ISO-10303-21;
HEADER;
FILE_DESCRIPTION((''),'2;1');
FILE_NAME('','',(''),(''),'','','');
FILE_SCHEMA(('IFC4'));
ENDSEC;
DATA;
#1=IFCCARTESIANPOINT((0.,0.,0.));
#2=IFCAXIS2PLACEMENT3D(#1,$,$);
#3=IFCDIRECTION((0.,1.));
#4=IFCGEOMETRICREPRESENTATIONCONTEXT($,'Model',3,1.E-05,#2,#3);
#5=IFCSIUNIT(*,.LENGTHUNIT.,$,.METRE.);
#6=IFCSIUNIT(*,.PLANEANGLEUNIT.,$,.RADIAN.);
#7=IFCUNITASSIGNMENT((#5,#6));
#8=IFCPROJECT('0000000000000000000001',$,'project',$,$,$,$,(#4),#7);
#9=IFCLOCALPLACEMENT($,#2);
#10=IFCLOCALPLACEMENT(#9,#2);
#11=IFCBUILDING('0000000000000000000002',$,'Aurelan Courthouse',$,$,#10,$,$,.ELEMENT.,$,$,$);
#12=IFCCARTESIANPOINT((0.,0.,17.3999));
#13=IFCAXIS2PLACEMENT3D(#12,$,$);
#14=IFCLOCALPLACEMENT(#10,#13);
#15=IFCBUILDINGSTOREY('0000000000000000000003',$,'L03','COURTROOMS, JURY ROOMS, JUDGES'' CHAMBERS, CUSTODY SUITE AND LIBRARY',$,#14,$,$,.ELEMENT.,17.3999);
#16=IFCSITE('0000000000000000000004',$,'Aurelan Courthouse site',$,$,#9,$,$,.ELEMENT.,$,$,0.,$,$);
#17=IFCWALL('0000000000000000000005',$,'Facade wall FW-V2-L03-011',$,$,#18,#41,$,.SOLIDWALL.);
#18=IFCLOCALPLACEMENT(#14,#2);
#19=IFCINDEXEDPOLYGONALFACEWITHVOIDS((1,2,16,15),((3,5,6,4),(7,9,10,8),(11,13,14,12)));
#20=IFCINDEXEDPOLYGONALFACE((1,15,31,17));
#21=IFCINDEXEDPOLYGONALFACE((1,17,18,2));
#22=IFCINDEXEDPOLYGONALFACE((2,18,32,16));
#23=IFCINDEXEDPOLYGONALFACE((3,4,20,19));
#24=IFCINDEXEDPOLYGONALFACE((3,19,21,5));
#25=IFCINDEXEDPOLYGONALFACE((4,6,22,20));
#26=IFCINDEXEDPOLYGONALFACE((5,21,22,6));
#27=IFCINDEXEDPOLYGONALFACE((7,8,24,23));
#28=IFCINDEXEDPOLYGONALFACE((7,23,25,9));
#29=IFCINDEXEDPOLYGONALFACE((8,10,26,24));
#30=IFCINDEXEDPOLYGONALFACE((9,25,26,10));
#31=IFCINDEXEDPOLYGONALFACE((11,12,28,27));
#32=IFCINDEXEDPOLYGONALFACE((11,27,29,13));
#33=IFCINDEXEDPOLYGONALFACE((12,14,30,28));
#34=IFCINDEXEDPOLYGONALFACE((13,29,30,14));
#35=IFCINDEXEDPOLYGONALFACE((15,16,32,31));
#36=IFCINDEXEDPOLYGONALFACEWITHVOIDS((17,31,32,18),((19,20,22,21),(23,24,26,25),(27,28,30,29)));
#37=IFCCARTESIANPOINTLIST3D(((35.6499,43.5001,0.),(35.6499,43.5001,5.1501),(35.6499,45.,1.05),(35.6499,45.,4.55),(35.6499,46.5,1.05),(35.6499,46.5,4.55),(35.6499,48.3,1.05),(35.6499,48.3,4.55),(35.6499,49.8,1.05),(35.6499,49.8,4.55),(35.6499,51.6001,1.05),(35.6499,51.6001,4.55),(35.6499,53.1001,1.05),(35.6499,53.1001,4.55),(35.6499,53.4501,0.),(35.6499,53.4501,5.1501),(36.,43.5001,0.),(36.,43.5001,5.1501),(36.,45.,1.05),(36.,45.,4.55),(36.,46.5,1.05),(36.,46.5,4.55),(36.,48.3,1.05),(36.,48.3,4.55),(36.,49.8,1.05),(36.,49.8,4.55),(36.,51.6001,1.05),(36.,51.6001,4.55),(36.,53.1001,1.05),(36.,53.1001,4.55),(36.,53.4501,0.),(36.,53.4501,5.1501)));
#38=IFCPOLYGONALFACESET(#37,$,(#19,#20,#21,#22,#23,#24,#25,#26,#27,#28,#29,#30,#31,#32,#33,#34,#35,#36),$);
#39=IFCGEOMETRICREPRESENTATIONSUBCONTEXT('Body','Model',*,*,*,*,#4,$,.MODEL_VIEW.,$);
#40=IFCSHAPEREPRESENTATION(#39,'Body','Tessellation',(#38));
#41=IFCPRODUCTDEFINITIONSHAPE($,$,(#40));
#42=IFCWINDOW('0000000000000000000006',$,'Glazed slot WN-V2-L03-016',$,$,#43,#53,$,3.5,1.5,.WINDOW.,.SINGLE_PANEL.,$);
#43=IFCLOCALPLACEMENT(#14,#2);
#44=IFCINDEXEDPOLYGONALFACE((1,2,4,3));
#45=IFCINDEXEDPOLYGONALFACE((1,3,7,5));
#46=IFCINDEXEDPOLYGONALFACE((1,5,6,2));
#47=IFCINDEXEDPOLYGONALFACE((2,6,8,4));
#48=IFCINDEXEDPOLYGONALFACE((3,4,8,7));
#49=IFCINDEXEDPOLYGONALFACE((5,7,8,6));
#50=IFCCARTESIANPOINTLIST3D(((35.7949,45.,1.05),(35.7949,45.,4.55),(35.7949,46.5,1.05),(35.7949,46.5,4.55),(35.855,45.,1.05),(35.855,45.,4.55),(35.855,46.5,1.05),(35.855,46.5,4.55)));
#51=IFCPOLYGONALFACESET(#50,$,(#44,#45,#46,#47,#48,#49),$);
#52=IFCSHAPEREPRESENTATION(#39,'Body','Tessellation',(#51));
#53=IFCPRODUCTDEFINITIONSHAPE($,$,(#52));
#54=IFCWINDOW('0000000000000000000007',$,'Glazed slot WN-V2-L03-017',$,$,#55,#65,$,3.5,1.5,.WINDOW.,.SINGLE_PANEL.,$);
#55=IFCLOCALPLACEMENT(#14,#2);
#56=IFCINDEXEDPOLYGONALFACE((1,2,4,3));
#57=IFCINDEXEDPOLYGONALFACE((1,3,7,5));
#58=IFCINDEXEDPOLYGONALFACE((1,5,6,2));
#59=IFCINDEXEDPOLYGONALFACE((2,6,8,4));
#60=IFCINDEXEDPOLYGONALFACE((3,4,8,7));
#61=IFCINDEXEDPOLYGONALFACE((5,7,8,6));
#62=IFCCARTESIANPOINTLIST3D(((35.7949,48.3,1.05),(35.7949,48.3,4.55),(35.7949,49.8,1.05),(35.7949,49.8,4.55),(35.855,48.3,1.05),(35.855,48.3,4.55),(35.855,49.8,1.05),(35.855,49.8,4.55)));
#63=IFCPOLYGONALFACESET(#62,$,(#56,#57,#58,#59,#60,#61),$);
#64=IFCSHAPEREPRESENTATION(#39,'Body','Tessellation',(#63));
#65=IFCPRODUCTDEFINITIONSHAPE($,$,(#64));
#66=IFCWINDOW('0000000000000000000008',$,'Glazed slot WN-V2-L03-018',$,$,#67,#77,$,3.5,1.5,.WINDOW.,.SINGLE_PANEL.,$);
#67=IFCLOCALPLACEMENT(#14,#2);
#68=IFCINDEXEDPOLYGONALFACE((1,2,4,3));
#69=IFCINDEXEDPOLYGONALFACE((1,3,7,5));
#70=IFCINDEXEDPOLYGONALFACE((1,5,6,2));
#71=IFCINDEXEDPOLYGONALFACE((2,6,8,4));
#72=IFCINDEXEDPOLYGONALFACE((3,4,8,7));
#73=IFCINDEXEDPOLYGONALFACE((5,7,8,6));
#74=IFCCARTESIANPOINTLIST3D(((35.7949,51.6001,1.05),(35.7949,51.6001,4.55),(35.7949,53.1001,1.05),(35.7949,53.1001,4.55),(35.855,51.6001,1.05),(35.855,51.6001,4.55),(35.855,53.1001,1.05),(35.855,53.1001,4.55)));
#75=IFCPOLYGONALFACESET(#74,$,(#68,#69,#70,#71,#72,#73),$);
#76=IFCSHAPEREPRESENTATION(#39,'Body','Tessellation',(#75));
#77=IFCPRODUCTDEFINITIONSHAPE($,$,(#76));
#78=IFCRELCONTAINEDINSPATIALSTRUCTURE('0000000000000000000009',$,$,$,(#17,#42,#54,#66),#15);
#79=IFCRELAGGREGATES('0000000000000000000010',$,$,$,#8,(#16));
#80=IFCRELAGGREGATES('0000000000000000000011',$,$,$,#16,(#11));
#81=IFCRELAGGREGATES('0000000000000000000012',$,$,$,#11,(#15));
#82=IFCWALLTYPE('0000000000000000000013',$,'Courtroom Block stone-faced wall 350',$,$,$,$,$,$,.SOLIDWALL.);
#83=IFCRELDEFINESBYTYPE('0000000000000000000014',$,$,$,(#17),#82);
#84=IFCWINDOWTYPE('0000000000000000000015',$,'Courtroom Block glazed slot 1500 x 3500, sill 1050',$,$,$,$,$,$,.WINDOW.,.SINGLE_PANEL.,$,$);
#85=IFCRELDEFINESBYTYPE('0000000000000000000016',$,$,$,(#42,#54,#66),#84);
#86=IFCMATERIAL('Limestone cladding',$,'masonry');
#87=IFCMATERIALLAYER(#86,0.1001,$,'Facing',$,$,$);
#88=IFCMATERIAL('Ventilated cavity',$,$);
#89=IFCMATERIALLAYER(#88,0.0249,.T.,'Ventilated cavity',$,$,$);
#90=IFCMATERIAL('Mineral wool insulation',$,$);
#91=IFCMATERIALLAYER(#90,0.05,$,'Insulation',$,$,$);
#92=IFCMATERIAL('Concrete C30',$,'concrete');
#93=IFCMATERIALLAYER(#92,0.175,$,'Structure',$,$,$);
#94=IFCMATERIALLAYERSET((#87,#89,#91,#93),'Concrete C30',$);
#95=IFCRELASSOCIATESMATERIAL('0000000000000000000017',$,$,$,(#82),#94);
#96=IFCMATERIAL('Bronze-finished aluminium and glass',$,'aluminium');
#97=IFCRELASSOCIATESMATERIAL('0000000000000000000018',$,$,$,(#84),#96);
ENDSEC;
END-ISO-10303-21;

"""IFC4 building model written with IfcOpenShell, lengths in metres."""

from ifc_helpers import new_model, si_unit, direction, frame, frame_2d, origin, place, context, subcontext, project, spatial, rectangle, extrude, material, layer, layer_set, type_object, element, fill, save


model = new_model("IFC4")

# Units and contexts
model_context = context("Model", 3, precision=1e-05, world=origin(), true_north=direction((0.0, 1.0)))
body_context = subcontext(model_context, "Body", "Model", "MODEL_VIEW")
ifc_project = project(units=[si_unit("LENGTHUNIT", "METRE"), si_unit("PLANEANGLEUNIT", "RADIAN")], contexts=[model_context])

# Site, building, storey
site_placement = place(None, origin())
site = spatial("IfcSite", under=ifc_project, at=site_placement, Name="Aurelan Courthouse site", CompositionType="ELEMENT", RefElevation=0.0)
building_placement = place(site_placement, origin())
building = spatial("IfcBuilding", under=site, at=building_placement, Name="Aurelan Courthouse", CompositionType="ELEMENT")
storey_placement = place(building_placement, frame((0.0, 0.0, 17.3999)))
storey = spatial("IfcBuildingStorey", under=building, at=storey_placement, Name="L03", Description="COURTROOMS, JURY ROOMS, JUDGES' CHAMBERS, CUSTODY SUITE AND LIBRARY", CompositionType="ELEMENT", Elevation=17.3999)

# Shared definitions
ifc_material_1 = material(Name="Limestone cladding", Category="masonry")

# Wall, openings, windows
ifc_layer_1 = layer(ifc_material_1, 0.1001, Name="Facing")
ifc_material_2 = material(Name="Ventilated cavity")
ifc_layer_2 = layer(ifc_material_2, 0.0249, ventilated=True, Name="Ventilated cavity")
ifc_material_3 = material(Name="Mineral wool insulation")
ifc_layer_3 = layer(ifc_material_3, 0.05, Name="Insulation")
ifc_material_4 = material(Name="Concrete C30", Category="concrete")
ifc_layer_4 = layer(ifc_material_4, 0.175, Name="Structure")
ifc_layer_set_1 = layer_set([ifc_layer_1, ifc_layer_2, ifc_layer_3, ifc_layer_4], Name="Concrete C30")
wall_type_1 = type_object("IfcWallType", Name="Courtroom Block stone-faced wall 350", PredefinedType="SOLIDWALL", material=ifc_layer_set_1)
ifc_material_5 = material(Name="Bronze-finished aluminium and glass", Category="aluminium")
window_type_1 = type_object("IfcWindowType", Name="Courtroom Block glazed slot 1500 x 3500, sill 1050", PartitioningType="SINGLE_PANEL", PredefinedType="WINDOW", material=ifc_material_5)
wall_1_placement = place(storey_placement, frame((35.825, 43.5, 0.0), z_axis=(0.0, 0.0, 1.0), x_axis=(0.0, 1.0, 0.0)))
wall_1 = element("IfcWall", 1, at=wall_1_placement, inside=storey, type_object=wall_type_1, Name="Facade wall FW-V2-L03-011", PredefinedType="SOLIDWALL", context=body_context, shape_type="SweptSolid", body=[
    extrude(rectangle(XDim=9.95, YDim=0.3501, at=frame_2d((4.9751, 0.0))), origin(), (0.0, 0.0, 1.0), 5.1501),
])
opening_1_placement = place(wall_1_placement, frame((1.5, 0.0, 1.05)))
opening_1 = element("IfcOpeningElement", 2, at=opening_1_placement, cuts=wall_1, PredefinedType="OPENING", context=body_context, shape_type="SweptSolid", body=[
    extrude(rectangle(XDim=1.5, YDim=3.5, at=frame_2d((0.75, 1.75))), frame((0.0, 0.1851, 0.0), z_axis=(0.0, -1.0, 0.0), x_axis=(1.0, 0.0, 0.0)), (0.0, 0.0, 1.0), 0.3701),
])
opening_2_placement = place(wall_1_placement, frame((4.8, 0.0, 1.05)))
opening_2 = element("IfcOpeningElement", 3, at=opening_2_placement, cuts=wall_1, PredefinedType="OPENING", context=body_context, shape_type="SweptSolid", body=[
    extrude(rectangle(XDim=1.5, YDim=3.5, at=frame_2d((0.75, 1.75))), frame((0.0, 0.1851, 0.0), z_axis=(0.0, -1.0, 0.0), x_axis=(1.0, 0.0, 0.0)), (0.0, 0.0, 1.0), 0.3701),
])
opening_3_placement = place(wall_1_placement, frame((8.1001, 0.0, 1.05)))
opening_3 = element("IfcOpeningElement", 4, at=opening_3_placement, cuts=wall_1, PredefinedType="OPENING", context=body_context, shape_type="SweptSolid", body=[
    extrude(rectangle(XDim=1.5, YDim=3.5, at=frame_2d((0.75, 1.75))), frame((0.0, 0.1851, 0.0), z_axis=(0.0, -1.0, 0.0), x_axis=(1.0, 0.0, 0.0)), (0.0, 0.0, 1.0), 0.3701),
])
window_1_placement = place(opening_1_placement, origin())
window_1 = element("IfcWindow", 5, at=window_1_placement, inside=storey, type_object=window_type_1, Name="Glazed slot WN-V2-L03-016", OverallHeight=3.5, OverallWidth=1.5, PartitioningType="SINGLE_PANEL", PredefinedType="WINDOW", context=body_context, shape_type="SweptSolid", body=[
    extrude(rectangle(XDim=1.5, YDim=3.5, at=frame_2d((0.75, 1.75))), frame((0.0, 0.03, 0.0), z_axis=(0.0, -1.0, 0.0), x_axis=(1.0, 0.0, 0.0)), (0.0, 0.0, 1.0), 0.0601),
])
fill(opening_1, window_1)
window_2_placement = place(opening_2_placement, origin())
window_2 = element("IfcWindow", 6, at=window_2_placement, inside=storey, type_object=window_type_1, Name="Glazed slot WN-V2-L03-017", OverallHeight=3.5, OverallWidth=1.5, PartitioningType="SINGLE_PANEL", PredefinedType="WINDOW", context=body_context, shape_type="SweptSolid", body=[
    extrude(rectangle(XDim=1.5, YDim=3.5, at=frame_2d((0.75, 1.75))), frame((0.0, 0.03, 0.0), z_axis=(0.0, -1.0, 0.0), x_axis=(1.0, 0.0, 0.0)), (0.0, 0.0, 1.0), 0.0601),
])
fill(opening_2, window_2)
window_3_placement = place(opening_3_placement, origin())
window_3 = element("IfcWindow", 7, at=window_3_placement, inside=storey, type_object=window_type_1, Name="Glazed slot WN-V2-L03-018", OverallHeight=3.5, OverallWidth=1.5, PartitioningType="SINGLE_PANEL", PredefinedType="WINDOW", context=body_context, shape_type="SweptSolid", body=[
    extrude(rectangle(XDim=1.5, YDim=3.5, at=frame_2d((0.75, 1.75))), frame((0.0, 0.03, 0.0), z_axis=(0.0, -1.0, 0.0), x_axis=(1.0, 0.0, 0.0)), (0.0, 0.0, 1.0), 0.0601),
])
fill(opening_3, window_3)

save(model, "model.ifc")
